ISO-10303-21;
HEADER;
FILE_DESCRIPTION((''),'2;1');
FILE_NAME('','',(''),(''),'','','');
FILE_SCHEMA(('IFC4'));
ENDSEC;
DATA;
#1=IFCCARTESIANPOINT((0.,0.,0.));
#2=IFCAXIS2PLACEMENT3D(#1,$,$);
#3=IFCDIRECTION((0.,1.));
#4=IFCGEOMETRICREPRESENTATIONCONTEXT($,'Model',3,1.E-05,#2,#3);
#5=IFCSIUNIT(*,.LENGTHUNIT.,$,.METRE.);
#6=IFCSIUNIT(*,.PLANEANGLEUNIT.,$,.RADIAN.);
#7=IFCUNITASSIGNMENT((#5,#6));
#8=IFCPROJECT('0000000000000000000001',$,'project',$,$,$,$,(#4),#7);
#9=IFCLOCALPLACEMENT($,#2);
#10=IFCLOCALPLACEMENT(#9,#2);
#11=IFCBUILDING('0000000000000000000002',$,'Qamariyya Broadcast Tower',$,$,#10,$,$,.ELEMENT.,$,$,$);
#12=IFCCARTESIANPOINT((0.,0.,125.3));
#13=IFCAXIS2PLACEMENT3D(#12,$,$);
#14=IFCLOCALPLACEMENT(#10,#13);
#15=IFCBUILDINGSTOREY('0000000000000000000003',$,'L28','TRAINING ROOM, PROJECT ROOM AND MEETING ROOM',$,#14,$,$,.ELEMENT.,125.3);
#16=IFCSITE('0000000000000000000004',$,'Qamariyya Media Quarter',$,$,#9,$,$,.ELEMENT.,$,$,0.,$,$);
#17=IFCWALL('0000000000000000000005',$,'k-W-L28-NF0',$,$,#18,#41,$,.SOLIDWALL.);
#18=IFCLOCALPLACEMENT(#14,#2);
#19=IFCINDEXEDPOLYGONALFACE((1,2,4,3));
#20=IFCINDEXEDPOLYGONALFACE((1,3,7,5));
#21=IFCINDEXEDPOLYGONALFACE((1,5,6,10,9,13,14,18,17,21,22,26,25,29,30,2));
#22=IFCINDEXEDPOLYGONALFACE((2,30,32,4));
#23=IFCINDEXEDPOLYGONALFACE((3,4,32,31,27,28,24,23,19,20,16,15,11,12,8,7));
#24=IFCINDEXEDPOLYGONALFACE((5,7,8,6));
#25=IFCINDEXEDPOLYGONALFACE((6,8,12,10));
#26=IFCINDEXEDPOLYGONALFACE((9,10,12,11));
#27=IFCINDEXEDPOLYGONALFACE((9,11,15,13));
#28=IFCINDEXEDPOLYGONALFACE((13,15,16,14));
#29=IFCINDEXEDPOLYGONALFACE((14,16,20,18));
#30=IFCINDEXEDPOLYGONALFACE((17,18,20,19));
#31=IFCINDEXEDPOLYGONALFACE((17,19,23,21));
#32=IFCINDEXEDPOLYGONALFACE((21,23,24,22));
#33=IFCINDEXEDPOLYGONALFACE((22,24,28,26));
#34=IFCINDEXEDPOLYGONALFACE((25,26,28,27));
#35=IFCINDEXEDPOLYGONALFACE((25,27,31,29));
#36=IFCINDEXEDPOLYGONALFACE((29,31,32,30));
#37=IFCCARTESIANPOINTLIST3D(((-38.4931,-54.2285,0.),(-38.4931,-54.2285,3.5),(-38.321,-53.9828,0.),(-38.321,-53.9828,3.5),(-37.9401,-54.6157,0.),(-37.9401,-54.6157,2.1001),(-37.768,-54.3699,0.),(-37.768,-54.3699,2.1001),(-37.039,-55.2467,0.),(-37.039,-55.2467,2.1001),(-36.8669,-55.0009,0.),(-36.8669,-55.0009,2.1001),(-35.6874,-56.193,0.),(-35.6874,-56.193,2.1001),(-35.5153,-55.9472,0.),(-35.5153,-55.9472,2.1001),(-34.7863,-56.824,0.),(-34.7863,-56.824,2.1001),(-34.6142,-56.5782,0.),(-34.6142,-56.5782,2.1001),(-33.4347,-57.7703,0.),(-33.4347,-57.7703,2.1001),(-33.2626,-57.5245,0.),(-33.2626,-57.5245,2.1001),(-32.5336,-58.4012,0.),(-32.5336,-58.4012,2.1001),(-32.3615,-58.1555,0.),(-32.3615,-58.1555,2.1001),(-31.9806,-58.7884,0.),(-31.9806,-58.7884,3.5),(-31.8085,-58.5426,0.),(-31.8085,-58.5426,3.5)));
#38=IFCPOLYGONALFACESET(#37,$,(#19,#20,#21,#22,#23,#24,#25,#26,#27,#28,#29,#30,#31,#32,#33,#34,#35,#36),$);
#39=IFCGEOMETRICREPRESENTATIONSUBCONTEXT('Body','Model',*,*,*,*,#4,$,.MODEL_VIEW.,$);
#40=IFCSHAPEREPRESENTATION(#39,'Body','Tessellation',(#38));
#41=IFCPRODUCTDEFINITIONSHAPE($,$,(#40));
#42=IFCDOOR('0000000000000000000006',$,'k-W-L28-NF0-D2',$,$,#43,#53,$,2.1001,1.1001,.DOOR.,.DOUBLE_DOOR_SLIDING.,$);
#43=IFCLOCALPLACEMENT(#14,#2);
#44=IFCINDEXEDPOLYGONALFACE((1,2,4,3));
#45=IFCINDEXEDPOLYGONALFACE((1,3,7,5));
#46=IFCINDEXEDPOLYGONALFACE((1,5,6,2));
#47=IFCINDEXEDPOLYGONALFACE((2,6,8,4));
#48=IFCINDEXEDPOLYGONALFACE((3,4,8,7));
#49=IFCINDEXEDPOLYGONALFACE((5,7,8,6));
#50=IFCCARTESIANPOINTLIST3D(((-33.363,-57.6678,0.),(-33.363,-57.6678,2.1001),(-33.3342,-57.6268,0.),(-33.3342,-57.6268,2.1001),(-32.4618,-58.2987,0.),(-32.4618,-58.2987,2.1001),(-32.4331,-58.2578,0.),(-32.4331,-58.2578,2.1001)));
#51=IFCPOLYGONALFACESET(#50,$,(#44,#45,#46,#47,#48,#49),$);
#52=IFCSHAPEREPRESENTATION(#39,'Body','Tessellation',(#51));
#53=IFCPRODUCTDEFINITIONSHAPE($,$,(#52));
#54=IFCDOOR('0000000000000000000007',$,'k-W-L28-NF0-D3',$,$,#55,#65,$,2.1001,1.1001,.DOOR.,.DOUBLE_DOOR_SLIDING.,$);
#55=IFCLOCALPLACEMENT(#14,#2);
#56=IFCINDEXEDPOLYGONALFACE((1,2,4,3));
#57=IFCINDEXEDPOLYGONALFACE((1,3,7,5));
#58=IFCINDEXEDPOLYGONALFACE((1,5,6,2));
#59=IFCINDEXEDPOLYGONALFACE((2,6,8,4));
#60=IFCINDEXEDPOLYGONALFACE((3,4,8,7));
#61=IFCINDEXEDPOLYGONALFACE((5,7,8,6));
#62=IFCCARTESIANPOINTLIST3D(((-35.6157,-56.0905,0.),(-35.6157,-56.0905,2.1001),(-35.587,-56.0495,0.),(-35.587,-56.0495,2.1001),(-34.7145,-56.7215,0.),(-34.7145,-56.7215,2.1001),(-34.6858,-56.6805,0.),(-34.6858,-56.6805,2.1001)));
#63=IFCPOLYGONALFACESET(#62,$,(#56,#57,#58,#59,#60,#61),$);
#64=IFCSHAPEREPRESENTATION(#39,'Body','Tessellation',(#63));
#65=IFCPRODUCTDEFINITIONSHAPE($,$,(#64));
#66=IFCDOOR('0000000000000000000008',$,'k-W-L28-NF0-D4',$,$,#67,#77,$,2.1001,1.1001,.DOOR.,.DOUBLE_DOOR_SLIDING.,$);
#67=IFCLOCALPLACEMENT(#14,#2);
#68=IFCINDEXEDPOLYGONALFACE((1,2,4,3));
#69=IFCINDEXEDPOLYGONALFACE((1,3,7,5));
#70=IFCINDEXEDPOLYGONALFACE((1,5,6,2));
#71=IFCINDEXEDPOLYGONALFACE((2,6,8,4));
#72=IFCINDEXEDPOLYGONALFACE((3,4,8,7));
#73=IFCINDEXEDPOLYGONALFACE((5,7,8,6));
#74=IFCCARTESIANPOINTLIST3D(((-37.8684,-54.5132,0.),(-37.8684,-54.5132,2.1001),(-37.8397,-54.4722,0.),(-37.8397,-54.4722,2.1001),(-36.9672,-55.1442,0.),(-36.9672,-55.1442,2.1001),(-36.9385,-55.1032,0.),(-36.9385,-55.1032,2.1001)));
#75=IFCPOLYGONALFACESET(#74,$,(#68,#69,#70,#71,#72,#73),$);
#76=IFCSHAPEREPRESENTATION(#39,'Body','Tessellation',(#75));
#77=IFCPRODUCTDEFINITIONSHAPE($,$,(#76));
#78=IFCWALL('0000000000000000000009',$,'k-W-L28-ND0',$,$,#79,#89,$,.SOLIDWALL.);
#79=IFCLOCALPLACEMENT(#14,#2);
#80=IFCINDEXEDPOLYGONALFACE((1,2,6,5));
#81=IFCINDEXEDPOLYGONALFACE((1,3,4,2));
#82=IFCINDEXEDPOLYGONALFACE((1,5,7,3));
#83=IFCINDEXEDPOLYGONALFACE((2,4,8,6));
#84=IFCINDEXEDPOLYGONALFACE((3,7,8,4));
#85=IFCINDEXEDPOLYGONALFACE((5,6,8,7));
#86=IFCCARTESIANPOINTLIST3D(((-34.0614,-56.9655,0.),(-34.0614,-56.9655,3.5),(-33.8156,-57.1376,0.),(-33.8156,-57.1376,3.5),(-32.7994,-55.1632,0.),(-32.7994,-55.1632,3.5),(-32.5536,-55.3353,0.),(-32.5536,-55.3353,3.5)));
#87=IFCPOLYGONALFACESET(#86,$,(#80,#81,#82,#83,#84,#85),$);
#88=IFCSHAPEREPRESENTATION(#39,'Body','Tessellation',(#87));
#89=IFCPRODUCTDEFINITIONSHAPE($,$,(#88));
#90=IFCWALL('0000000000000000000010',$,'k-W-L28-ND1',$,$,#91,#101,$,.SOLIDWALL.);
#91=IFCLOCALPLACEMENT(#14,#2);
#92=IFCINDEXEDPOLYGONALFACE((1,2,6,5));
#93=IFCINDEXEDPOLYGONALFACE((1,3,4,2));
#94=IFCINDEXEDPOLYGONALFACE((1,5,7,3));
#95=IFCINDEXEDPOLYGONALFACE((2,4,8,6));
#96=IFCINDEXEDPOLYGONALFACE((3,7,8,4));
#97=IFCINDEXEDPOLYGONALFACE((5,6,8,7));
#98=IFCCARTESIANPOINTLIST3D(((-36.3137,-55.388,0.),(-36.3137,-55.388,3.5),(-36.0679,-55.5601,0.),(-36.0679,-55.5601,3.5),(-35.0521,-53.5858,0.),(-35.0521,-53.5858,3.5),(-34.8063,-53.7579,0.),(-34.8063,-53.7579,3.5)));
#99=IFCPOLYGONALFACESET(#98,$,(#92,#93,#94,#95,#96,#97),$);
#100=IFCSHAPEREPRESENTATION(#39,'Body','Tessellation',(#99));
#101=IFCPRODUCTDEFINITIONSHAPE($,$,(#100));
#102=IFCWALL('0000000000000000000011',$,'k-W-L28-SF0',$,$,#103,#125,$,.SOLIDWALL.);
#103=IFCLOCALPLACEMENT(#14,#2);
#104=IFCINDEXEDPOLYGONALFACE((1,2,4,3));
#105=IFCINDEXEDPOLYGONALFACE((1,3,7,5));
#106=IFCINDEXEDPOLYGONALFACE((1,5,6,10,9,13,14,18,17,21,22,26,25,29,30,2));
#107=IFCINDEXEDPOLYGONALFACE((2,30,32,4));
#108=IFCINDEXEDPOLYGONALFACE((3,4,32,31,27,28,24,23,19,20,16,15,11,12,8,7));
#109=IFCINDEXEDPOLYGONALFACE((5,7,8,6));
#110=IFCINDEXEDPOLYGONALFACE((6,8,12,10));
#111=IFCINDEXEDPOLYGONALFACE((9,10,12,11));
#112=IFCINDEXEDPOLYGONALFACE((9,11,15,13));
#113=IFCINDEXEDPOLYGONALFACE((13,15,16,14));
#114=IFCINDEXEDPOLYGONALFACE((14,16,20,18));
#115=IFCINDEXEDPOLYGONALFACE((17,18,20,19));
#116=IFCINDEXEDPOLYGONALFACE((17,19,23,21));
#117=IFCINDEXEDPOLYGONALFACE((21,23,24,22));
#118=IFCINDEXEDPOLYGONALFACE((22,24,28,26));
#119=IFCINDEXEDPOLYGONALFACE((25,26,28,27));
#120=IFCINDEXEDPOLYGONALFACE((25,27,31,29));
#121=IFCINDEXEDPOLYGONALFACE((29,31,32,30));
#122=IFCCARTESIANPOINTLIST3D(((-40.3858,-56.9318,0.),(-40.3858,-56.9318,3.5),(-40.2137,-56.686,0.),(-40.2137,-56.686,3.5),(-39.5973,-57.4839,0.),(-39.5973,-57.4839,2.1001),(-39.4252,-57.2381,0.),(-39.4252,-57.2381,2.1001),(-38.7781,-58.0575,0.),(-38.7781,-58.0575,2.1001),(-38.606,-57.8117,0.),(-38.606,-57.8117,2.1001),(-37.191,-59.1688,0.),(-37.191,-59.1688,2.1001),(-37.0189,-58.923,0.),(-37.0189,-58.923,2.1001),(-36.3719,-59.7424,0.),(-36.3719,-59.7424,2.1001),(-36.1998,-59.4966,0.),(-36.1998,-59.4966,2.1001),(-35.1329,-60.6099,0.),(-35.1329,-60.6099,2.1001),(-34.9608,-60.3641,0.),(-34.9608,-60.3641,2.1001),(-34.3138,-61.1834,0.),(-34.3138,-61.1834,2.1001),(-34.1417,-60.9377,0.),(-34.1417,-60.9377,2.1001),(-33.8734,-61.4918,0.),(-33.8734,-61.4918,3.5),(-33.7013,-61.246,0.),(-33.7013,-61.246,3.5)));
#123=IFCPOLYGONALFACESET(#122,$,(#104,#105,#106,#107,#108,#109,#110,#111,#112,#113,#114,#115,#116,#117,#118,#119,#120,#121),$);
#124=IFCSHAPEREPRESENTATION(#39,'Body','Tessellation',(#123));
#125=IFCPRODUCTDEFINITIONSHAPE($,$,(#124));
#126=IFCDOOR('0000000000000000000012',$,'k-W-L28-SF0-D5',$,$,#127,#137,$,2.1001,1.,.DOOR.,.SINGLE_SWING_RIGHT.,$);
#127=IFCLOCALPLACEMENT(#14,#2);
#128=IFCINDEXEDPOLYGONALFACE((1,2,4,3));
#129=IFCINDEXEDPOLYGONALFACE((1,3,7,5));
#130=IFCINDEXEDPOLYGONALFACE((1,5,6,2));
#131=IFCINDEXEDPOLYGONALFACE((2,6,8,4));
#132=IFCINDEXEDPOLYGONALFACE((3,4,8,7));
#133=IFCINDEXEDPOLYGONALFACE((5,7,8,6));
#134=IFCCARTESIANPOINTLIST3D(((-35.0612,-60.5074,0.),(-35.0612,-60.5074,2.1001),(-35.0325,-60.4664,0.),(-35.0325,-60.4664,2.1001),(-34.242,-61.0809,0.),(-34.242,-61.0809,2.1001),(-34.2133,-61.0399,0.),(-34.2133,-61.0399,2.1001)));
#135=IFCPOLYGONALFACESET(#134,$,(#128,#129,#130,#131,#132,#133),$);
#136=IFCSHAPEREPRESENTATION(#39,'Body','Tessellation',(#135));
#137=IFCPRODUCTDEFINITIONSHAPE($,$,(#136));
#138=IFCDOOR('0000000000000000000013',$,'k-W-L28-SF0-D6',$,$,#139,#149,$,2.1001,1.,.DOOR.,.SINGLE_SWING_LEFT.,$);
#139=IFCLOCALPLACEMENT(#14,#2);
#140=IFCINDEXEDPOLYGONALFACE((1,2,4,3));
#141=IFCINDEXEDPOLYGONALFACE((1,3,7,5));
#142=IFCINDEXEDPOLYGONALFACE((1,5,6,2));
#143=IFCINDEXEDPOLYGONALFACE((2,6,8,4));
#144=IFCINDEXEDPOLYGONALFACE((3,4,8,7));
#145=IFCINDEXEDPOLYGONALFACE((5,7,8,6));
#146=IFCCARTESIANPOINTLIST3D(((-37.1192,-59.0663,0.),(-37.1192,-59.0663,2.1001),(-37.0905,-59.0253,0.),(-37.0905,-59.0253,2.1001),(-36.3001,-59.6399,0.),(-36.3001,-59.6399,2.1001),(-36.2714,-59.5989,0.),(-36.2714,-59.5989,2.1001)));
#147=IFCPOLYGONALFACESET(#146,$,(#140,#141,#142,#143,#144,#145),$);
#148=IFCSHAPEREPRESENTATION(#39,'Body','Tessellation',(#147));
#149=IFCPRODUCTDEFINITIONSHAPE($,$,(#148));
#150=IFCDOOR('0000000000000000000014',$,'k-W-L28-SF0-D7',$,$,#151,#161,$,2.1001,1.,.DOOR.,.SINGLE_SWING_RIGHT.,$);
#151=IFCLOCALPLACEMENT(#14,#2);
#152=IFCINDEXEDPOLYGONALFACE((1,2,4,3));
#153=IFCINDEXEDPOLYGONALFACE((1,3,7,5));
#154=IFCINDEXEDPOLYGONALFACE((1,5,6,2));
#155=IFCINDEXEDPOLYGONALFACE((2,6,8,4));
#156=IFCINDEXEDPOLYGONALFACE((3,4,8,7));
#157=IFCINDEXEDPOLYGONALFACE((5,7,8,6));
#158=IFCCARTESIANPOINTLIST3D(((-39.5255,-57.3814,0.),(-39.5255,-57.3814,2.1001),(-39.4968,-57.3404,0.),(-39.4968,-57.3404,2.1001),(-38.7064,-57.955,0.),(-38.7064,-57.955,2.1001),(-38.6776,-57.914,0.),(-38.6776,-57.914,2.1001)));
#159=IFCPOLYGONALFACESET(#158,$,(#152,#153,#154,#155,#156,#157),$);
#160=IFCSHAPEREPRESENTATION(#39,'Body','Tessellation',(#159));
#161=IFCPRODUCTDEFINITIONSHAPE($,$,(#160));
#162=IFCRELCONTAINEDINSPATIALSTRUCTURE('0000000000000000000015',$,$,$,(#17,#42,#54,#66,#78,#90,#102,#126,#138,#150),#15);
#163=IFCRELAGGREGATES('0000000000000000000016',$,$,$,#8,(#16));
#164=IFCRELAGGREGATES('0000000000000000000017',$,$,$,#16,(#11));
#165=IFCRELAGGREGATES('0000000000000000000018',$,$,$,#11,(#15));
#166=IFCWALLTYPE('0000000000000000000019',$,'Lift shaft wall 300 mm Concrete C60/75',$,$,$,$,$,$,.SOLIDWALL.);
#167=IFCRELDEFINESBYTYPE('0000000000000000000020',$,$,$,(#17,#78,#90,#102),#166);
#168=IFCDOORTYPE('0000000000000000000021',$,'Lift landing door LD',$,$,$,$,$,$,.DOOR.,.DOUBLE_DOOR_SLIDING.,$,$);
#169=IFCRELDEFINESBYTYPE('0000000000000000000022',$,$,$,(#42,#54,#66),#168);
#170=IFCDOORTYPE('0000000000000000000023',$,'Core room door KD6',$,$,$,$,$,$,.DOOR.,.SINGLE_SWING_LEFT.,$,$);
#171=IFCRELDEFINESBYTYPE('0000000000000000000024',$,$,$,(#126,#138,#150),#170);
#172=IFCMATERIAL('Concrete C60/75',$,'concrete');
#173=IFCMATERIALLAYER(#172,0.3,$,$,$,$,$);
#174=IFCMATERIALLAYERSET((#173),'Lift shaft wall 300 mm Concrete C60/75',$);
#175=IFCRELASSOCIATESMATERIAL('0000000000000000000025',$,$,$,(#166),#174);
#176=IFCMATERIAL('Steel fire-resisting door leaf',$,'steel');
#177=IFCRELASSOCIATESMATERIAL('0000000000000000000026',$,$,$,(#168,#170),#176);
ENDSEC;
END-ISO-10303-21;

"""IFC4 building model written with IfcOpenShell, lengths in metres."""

from ifc_helpers import new_model, si_unit, direction, frame, frame_2d, origin, place, context, subcontext, project, spatial, rectangle, extrude, material, layer, layer_set, type_object, element, fill, save


model = new_model("IFC4")

# Units and contexts
model_context = context("Model", 3, precision=1e-05, world=origin(), true_north=direction((0.0, 1.0)))
body_context = subcontext(model_context, "Body", "Model", "MODEL_VIEW")
ifc_project = project(units=[si_unit("LENGTHUNIT", "METRE"), si_unit("PLANEANGLEUNIT", "RADIAN")], contexts=[model_context])

# Site, building, storey
site_placement = place(None, origin())
site = spatial("IfcSite", under=ifc_project, at=site_placement, Name="Qamariyya Media Quarter", CompositionType="ELEMENT", RefElevation=0.0)
building_placement = place(site_placement, origin())
building = spatial("IfcBuilding", under=site, at=building_placement, Name="Qamariyya Broadcast Tower", CompositionType="ELEMENT")
storey_placement = place(building_placement, frame((0.0, 0.0, 125.3)))
storey = spatial("IfcBuildingStorey", under=building, at=storey_placement, Name="L28", Description="TRAINING ROOM, PROJECT ROOM AND MEETING ROOM", CompositionType="ELEMENT", Elevation=125.3)

# Shared definitions
ifc_material_1 = material(Name="Concrete C60/75", Category="concrete")

# Wall, openings, doors
ifc_layer_1 = layer(ifc_material_1, 0.3)
ifc_layer_set_1 = layer_set([ifc_layer_1], Name="Lift shaft wall 300 mm Concrete C60/75")
wall_type_1 = type_object("IfcWallType", Name="Lift shaft wall 300 mm Concrete C60/75", PredefinedType="SOLIDWALL", material=ifc_layer_set_1)
wall_1_placement = place(storey_placement, frame((-31.8945, -58.6655, 0.0), z_axis=(0.0, 0.0, 1.0), x_axis=(-0.819167, 0.573555, 0.0)))
wall_1 = element("IfcWall", 1, at=wall_1_placement, inside=storey, type_object=wall_type_1, Name="k-W-L28-NF0", PredefinedType="SOLIDWALL", context=body_context, shape_type="SweptSolid", body=[
    extrude(rectangle(XDim=7.9502, YDim=0.3, at=frame_2d((3.9751, 0.0))), origin(), (0.0, 0.0, 1.0), 3.5),
])
opening_1_placement = place(wall_1_placement, frame((0.675, 0.0, 0.0)))
opening_1 = element("IfcOpeningElement", 2, at=opening_1_placement, cuts=wall_1, PredefinedType="OPENING", context=body_context, shape_type="SweptSolid", body=[
    extrude(rectangle(XDim=1.1001, YDim=2.1001, at=frame_2d((0.55, 1.05))), frame((0.0, 0.1599, 0.0), z_axis=(0.0, -1.0, 0.0), x_axis=(1.0, 0.0, 0.0)), (0.0, 0.0, 1.0), 0.3201),
])
opening_2_placement = place(wall_1_placement, frame((3.425, 0.0, 0.0)))
opening_2 = element("IfcOpeningElement", 3, at=opening_2_placement, cuts=wall_1, PredefinedType="OPENING", context=body_context, shape_type="SweptSolid", body=[
    extrude(rectangle(XDim=1.1001, YDim=2.1001, at=frame_2d((0.55, 1.05))), frame((0.0, 0.1599, 0.0), z_axis=(0.0, -1.0, 0.0), x_axis=(1.0, 0.0, 0.0)), (0.0, 0.0, 1.0), 0.3201),
])
opening_3_placement = place(wall_1_placement, frame((6.175, 0.0, 0.0)))
opening_3 = element("IfcOpeningElement", 4, at=opening_3_placement, cuts=wall_1, PredefinedType="OPENING", context=body_context, shape_type="SweptSolid", body=[
    extrude(rectangle(XDim=1.1001, YDim=2.1001, at=frame_2d((0.55, 1.05))), frame((0.0, 0.1599, 0.0), z_axis=(0.0, -1.0, 0.0), x_axis=(1.0, 0.0, 0.0)), (0.0, 0.0, 1.0), 0.3201),
])
ifc_material_2 = material(Name="Steel fire-resisting door leaf", Category="steel")
door_type_1 = type_object("IfcDoorType", Name="Lift landing door LD", OperationType="DOUBLE_DOOR_SLIDING", PredefinedType="DOOR", material=ifc_material_2)
door_1_placement = place(opening_1_placement, origin())
door_1 = element("IfcDoor", 5, at=door_1_placement, inside=storey, type_object=door_type_1, Name="k-W-L28-NF0-D2", OperationType="DOUBLE_DOOR_SLIDING", OverallHeight=2.1001, OverallWidth=1.1001, PredefinedType="DOOR", context=body_context, shape_type="SweptSolid", body=[
    extrude(rectangle(XDim=1.1001, YDim=2.1001, at=frame_2d((0.55, 1.05))), frame((0.0, 0.0249, 0.0), z_axis=(0.0, -1.0, 0.0), x_axis=(1.0, 0.0, 0.0)), (0.0, 0.0, 1.0), 0.05),
])
fill(opening_1, door_1)
door_2_placement = place(opening_2_placement, origin())
door_2 = element("IfcDoor", 6, at=door_2_placement, inside=storey, type_object=door_type_1, Name="k-W-L28-NF0-D3", OperationType="DOUBLE_DOOR_SLIDING", OverallHeight=2.1001, OverallWidth=1.1001, PredefinedType="DOOR", context=body_context, shape_type="SweptSolid", body=[
    extrude(rectangle(XDim=1.1001, YDim=2.1001, at=frame_2d((0.55, 1.05))), frame((0.0, 0.0249, 0.0), z_axis=(0.0, -1.0, 0.0), x_axis=(1.0, 0.0, 0.0)), (0.0, 0.0, 1.0), 0.05),
])
fill(opening_2, door_2)
door_3_placement = place(opening_3_placement, origin())
door_3 = element("IfcDoor", 7, at=door_3_placement, inside=storey, type_object=door_type_1, Name="k-W-L28-NF0-D4", OperationType="DOUBLE_DOOR_SLIDING", OverallHeight=2.1001, OverallWidth=1.1001, PredefinedType="DOOR", context=body_context, shape_type="SweptSolid", body=[
    extrude(rectangle(XDim=1.1001, YDim=2.1001, at=frame_2d((0.55, 1.05))), frame((0.0, 0.0249, 0.0), z_axis=(0.0, -1.0, 0.0), x_axis=(1.0, 0.0, 0.0)), (0.0, 0.0, 1.0), 0.05),
])
fill(opening_3, door_3)

# Walls
wall_2_placement = place(storey_placement, frame((-33.9385, -57.0515, 0.0), z_axis=(0.0, 0.0, 1.0), x_axis=(0.573581, 0.819149, 0.0)))
element("IfcWall", 8, at=wall_2_placement, inside=storey, type_object=wall_type_1, Name="k-W-L28-ND0", PredefinedType="SOLIDWALL", context=body_context, shape_type="SweptSolid", body=[
    extrude(rectangle(XDim=2.2002, YDim=0.3, at=frame_2d((1.1001, 0.0))), origin(), (0.0, 0.0, 1.0), 3.5),
])
wall_3_placement = place(storey_placement, frame((-36.1909, -55.4741, 0.0), z_axis=(0.0, 0.0, 1.0), x_axis=(0.573507, 0.819201, 0.0)))
element("IfcWall", 9, at=wall_3_placement, inside=storey, type_object=wall_type_1, Name="k-W-L28-ND1", PredefinedType="SOLIDWALL", context=body_context, shape_type="SweptSolid", body=[
    extrude(rectangle(XDim=2.2, YDim=0.3, at=frame_2d((1.1001, 0.0))), origin(), (0.0, 0.0, 1.0), 3.5),
])

# Wall, openings, doors
wall_4_placement = place(storey_placement, frame((-33.7874, -61.3689, 0.0), z_axis=(0.0, 0.0, 1.0), x_axis=(-0.819153, 0.573576, 0.0)))
wall_4 = element("IfcWall", 10, at=wall_4_placement, inside=storey, type_object=wall_type_1, Name="k-W-L28-SF0", PredefinedType="SOLIDWALL", context=body_context, shape_type="SweptSolid", body=[
    extrude(rectangle(XDim=7.9502, YDim=0.3, at=frame_2d((3.9751, 0.0))), origin(), (0.0, 0.0, 1.0), 3.5),
])
opening_4_placement = place(wall_4_placement, frame((0.5376, 0.0, 0.0)))
opening_4 = element("IfcOpeningElement", 11, at=opening_4_placement, cuts=wall_4, PredefinedType="OPENING", context=body_context, shape_type="SweptSolid", body=[
    extrude(rectangle(XDim=1.0, YDim=2.1001, at=frame_2d((0.5, 1.05))), frame((0.0, 0.1599, 0.0), z_axis=(0.0, -1.0, 0.0), x_axis=(1.0, 0.0, 0.0)), (0.0, 0.0, 1.0), 0.3201),
])
opening_5_placement = place(wall_4_placement, frame((3.05, 0.0, 0.0)))
opening_5 = element("IfcOpeningElement", 12, at=opening_5_placement, cuts=wall_4, PredefinedType="OPENING", context=body_context, shape_type="SweptSolid", body=[
    extrude(rectangle(XDim=1.0, YDim=2.1001, at=frame_2d((0.5, 1.05))), frame((0.0, 0.1599, 0.0), z_axis=(0.0, -1.0, 0.0), x_axis=(1.0, 0.0, 0.0)), (0.0, 0.0, 1.0), 0.3201),
])
opening_6_placement = place(wall_4_placement, frame((5.9875, 0.0, 0.0)))
opening_6 = element("IfcOpeningElement", 13, at=opening_6_placement, cuts=wall_4, PredefinedType="OPENING", context=body_context, shape_type="SweptSolid", body=[
    extrude(rectangle(XDim=1.0, YDim=2.1001, at=frame_2d((0.5, 1.05))), frame((0.0, 0.1599, 0.0), z_axis=(0.0, -1.0, 0.0), x_axis=(1.0, 0.0, 0.0)), (0.0, 0.0, 1.0), 0.3201),
])
door_type_2 = type_object("IfcDoorType", Name="Core room door KD6", OperationType="SINGLE_SWING_LEFT", PredefinedType="DOOR", material=ifc_material_2)
door_4_placement = place(opening_4_placement, origin())
door_4 = element("IfcDoor", 14, at=door_4_placement, inside=storey, type_object=door_type_2, Name="k-W-L28-SF0-D5", OperationType="SINGLE_SWING_RIGHT", OverallHeight=2.1001, OverallWidth=1.0, PredefinedType="DOOR", context=body_context, shape_type="SweptSolid", body=[
    extrude(rectangle(XDim=1.0, YDim=2.1001, at=frame_2d((0.5, 1.05))), frame((0.0, 0.0249, 0.0), z_axis=(0.0, -1.0, 0.0), x_axis=(1.0, 0.0, 0.0)), (0.0, 0.0, 1.0), 0.05),
])
fill(opening_4, door_4)
door_5_placement = place(opening_5_placement, origin())
door_5 = element("IfcDoor", 15, at=door_5_placement, inside=storey, type_object=door_type_2, Name="k-W-L28-SF0-D6", OperationType="SINGLE_SWING_LEFT", OverallHeight=2.1001, OverallWidth=1.0, PredefinedType="DOOR", context=body_context, shape_type="SweptSolid", body=[
    extrude(rectangle(XDim=1.0, YDim=2.1001, at=frame_2d((0.5, 1.05))), frame((0.0, 0.0249, 0.0), z_axis=(0.0, -1.0, 0.0), x_axis=(1.0, 0.0, 0.0)), (0.0, 0.0, 1.0), 0.05),
])
fill(opening_5, door_5)
door_6_placement = place(opening_6_placement, origin())
door_6 = element("IfcDoor", 16, at=door_6_placement, inside=storey, type_object=door_type_2, Name="k-W-L28-SF0-D7", OperationType="SINGLE_SWING_RIGHT", OverallHeight=2.1001, OverallWidth=1.0, PredefinedType="DOOR", context=body_context, shape_type="SweptSolid", body=[
    extrude(rectangle(XDim=1.0, YDim=2.1001, at=frame_2d((0.5, 1.05))), frame((0.0, 0.0249, 0.0), z_axis=(0.0, -1.0, 0.0), x_axis=(1.0, 0.0, 0.0)), (0.0, 0.0, 1.0), 0.05),
])
fill(opening_6, door_6)

save(model, "model.ifc")
